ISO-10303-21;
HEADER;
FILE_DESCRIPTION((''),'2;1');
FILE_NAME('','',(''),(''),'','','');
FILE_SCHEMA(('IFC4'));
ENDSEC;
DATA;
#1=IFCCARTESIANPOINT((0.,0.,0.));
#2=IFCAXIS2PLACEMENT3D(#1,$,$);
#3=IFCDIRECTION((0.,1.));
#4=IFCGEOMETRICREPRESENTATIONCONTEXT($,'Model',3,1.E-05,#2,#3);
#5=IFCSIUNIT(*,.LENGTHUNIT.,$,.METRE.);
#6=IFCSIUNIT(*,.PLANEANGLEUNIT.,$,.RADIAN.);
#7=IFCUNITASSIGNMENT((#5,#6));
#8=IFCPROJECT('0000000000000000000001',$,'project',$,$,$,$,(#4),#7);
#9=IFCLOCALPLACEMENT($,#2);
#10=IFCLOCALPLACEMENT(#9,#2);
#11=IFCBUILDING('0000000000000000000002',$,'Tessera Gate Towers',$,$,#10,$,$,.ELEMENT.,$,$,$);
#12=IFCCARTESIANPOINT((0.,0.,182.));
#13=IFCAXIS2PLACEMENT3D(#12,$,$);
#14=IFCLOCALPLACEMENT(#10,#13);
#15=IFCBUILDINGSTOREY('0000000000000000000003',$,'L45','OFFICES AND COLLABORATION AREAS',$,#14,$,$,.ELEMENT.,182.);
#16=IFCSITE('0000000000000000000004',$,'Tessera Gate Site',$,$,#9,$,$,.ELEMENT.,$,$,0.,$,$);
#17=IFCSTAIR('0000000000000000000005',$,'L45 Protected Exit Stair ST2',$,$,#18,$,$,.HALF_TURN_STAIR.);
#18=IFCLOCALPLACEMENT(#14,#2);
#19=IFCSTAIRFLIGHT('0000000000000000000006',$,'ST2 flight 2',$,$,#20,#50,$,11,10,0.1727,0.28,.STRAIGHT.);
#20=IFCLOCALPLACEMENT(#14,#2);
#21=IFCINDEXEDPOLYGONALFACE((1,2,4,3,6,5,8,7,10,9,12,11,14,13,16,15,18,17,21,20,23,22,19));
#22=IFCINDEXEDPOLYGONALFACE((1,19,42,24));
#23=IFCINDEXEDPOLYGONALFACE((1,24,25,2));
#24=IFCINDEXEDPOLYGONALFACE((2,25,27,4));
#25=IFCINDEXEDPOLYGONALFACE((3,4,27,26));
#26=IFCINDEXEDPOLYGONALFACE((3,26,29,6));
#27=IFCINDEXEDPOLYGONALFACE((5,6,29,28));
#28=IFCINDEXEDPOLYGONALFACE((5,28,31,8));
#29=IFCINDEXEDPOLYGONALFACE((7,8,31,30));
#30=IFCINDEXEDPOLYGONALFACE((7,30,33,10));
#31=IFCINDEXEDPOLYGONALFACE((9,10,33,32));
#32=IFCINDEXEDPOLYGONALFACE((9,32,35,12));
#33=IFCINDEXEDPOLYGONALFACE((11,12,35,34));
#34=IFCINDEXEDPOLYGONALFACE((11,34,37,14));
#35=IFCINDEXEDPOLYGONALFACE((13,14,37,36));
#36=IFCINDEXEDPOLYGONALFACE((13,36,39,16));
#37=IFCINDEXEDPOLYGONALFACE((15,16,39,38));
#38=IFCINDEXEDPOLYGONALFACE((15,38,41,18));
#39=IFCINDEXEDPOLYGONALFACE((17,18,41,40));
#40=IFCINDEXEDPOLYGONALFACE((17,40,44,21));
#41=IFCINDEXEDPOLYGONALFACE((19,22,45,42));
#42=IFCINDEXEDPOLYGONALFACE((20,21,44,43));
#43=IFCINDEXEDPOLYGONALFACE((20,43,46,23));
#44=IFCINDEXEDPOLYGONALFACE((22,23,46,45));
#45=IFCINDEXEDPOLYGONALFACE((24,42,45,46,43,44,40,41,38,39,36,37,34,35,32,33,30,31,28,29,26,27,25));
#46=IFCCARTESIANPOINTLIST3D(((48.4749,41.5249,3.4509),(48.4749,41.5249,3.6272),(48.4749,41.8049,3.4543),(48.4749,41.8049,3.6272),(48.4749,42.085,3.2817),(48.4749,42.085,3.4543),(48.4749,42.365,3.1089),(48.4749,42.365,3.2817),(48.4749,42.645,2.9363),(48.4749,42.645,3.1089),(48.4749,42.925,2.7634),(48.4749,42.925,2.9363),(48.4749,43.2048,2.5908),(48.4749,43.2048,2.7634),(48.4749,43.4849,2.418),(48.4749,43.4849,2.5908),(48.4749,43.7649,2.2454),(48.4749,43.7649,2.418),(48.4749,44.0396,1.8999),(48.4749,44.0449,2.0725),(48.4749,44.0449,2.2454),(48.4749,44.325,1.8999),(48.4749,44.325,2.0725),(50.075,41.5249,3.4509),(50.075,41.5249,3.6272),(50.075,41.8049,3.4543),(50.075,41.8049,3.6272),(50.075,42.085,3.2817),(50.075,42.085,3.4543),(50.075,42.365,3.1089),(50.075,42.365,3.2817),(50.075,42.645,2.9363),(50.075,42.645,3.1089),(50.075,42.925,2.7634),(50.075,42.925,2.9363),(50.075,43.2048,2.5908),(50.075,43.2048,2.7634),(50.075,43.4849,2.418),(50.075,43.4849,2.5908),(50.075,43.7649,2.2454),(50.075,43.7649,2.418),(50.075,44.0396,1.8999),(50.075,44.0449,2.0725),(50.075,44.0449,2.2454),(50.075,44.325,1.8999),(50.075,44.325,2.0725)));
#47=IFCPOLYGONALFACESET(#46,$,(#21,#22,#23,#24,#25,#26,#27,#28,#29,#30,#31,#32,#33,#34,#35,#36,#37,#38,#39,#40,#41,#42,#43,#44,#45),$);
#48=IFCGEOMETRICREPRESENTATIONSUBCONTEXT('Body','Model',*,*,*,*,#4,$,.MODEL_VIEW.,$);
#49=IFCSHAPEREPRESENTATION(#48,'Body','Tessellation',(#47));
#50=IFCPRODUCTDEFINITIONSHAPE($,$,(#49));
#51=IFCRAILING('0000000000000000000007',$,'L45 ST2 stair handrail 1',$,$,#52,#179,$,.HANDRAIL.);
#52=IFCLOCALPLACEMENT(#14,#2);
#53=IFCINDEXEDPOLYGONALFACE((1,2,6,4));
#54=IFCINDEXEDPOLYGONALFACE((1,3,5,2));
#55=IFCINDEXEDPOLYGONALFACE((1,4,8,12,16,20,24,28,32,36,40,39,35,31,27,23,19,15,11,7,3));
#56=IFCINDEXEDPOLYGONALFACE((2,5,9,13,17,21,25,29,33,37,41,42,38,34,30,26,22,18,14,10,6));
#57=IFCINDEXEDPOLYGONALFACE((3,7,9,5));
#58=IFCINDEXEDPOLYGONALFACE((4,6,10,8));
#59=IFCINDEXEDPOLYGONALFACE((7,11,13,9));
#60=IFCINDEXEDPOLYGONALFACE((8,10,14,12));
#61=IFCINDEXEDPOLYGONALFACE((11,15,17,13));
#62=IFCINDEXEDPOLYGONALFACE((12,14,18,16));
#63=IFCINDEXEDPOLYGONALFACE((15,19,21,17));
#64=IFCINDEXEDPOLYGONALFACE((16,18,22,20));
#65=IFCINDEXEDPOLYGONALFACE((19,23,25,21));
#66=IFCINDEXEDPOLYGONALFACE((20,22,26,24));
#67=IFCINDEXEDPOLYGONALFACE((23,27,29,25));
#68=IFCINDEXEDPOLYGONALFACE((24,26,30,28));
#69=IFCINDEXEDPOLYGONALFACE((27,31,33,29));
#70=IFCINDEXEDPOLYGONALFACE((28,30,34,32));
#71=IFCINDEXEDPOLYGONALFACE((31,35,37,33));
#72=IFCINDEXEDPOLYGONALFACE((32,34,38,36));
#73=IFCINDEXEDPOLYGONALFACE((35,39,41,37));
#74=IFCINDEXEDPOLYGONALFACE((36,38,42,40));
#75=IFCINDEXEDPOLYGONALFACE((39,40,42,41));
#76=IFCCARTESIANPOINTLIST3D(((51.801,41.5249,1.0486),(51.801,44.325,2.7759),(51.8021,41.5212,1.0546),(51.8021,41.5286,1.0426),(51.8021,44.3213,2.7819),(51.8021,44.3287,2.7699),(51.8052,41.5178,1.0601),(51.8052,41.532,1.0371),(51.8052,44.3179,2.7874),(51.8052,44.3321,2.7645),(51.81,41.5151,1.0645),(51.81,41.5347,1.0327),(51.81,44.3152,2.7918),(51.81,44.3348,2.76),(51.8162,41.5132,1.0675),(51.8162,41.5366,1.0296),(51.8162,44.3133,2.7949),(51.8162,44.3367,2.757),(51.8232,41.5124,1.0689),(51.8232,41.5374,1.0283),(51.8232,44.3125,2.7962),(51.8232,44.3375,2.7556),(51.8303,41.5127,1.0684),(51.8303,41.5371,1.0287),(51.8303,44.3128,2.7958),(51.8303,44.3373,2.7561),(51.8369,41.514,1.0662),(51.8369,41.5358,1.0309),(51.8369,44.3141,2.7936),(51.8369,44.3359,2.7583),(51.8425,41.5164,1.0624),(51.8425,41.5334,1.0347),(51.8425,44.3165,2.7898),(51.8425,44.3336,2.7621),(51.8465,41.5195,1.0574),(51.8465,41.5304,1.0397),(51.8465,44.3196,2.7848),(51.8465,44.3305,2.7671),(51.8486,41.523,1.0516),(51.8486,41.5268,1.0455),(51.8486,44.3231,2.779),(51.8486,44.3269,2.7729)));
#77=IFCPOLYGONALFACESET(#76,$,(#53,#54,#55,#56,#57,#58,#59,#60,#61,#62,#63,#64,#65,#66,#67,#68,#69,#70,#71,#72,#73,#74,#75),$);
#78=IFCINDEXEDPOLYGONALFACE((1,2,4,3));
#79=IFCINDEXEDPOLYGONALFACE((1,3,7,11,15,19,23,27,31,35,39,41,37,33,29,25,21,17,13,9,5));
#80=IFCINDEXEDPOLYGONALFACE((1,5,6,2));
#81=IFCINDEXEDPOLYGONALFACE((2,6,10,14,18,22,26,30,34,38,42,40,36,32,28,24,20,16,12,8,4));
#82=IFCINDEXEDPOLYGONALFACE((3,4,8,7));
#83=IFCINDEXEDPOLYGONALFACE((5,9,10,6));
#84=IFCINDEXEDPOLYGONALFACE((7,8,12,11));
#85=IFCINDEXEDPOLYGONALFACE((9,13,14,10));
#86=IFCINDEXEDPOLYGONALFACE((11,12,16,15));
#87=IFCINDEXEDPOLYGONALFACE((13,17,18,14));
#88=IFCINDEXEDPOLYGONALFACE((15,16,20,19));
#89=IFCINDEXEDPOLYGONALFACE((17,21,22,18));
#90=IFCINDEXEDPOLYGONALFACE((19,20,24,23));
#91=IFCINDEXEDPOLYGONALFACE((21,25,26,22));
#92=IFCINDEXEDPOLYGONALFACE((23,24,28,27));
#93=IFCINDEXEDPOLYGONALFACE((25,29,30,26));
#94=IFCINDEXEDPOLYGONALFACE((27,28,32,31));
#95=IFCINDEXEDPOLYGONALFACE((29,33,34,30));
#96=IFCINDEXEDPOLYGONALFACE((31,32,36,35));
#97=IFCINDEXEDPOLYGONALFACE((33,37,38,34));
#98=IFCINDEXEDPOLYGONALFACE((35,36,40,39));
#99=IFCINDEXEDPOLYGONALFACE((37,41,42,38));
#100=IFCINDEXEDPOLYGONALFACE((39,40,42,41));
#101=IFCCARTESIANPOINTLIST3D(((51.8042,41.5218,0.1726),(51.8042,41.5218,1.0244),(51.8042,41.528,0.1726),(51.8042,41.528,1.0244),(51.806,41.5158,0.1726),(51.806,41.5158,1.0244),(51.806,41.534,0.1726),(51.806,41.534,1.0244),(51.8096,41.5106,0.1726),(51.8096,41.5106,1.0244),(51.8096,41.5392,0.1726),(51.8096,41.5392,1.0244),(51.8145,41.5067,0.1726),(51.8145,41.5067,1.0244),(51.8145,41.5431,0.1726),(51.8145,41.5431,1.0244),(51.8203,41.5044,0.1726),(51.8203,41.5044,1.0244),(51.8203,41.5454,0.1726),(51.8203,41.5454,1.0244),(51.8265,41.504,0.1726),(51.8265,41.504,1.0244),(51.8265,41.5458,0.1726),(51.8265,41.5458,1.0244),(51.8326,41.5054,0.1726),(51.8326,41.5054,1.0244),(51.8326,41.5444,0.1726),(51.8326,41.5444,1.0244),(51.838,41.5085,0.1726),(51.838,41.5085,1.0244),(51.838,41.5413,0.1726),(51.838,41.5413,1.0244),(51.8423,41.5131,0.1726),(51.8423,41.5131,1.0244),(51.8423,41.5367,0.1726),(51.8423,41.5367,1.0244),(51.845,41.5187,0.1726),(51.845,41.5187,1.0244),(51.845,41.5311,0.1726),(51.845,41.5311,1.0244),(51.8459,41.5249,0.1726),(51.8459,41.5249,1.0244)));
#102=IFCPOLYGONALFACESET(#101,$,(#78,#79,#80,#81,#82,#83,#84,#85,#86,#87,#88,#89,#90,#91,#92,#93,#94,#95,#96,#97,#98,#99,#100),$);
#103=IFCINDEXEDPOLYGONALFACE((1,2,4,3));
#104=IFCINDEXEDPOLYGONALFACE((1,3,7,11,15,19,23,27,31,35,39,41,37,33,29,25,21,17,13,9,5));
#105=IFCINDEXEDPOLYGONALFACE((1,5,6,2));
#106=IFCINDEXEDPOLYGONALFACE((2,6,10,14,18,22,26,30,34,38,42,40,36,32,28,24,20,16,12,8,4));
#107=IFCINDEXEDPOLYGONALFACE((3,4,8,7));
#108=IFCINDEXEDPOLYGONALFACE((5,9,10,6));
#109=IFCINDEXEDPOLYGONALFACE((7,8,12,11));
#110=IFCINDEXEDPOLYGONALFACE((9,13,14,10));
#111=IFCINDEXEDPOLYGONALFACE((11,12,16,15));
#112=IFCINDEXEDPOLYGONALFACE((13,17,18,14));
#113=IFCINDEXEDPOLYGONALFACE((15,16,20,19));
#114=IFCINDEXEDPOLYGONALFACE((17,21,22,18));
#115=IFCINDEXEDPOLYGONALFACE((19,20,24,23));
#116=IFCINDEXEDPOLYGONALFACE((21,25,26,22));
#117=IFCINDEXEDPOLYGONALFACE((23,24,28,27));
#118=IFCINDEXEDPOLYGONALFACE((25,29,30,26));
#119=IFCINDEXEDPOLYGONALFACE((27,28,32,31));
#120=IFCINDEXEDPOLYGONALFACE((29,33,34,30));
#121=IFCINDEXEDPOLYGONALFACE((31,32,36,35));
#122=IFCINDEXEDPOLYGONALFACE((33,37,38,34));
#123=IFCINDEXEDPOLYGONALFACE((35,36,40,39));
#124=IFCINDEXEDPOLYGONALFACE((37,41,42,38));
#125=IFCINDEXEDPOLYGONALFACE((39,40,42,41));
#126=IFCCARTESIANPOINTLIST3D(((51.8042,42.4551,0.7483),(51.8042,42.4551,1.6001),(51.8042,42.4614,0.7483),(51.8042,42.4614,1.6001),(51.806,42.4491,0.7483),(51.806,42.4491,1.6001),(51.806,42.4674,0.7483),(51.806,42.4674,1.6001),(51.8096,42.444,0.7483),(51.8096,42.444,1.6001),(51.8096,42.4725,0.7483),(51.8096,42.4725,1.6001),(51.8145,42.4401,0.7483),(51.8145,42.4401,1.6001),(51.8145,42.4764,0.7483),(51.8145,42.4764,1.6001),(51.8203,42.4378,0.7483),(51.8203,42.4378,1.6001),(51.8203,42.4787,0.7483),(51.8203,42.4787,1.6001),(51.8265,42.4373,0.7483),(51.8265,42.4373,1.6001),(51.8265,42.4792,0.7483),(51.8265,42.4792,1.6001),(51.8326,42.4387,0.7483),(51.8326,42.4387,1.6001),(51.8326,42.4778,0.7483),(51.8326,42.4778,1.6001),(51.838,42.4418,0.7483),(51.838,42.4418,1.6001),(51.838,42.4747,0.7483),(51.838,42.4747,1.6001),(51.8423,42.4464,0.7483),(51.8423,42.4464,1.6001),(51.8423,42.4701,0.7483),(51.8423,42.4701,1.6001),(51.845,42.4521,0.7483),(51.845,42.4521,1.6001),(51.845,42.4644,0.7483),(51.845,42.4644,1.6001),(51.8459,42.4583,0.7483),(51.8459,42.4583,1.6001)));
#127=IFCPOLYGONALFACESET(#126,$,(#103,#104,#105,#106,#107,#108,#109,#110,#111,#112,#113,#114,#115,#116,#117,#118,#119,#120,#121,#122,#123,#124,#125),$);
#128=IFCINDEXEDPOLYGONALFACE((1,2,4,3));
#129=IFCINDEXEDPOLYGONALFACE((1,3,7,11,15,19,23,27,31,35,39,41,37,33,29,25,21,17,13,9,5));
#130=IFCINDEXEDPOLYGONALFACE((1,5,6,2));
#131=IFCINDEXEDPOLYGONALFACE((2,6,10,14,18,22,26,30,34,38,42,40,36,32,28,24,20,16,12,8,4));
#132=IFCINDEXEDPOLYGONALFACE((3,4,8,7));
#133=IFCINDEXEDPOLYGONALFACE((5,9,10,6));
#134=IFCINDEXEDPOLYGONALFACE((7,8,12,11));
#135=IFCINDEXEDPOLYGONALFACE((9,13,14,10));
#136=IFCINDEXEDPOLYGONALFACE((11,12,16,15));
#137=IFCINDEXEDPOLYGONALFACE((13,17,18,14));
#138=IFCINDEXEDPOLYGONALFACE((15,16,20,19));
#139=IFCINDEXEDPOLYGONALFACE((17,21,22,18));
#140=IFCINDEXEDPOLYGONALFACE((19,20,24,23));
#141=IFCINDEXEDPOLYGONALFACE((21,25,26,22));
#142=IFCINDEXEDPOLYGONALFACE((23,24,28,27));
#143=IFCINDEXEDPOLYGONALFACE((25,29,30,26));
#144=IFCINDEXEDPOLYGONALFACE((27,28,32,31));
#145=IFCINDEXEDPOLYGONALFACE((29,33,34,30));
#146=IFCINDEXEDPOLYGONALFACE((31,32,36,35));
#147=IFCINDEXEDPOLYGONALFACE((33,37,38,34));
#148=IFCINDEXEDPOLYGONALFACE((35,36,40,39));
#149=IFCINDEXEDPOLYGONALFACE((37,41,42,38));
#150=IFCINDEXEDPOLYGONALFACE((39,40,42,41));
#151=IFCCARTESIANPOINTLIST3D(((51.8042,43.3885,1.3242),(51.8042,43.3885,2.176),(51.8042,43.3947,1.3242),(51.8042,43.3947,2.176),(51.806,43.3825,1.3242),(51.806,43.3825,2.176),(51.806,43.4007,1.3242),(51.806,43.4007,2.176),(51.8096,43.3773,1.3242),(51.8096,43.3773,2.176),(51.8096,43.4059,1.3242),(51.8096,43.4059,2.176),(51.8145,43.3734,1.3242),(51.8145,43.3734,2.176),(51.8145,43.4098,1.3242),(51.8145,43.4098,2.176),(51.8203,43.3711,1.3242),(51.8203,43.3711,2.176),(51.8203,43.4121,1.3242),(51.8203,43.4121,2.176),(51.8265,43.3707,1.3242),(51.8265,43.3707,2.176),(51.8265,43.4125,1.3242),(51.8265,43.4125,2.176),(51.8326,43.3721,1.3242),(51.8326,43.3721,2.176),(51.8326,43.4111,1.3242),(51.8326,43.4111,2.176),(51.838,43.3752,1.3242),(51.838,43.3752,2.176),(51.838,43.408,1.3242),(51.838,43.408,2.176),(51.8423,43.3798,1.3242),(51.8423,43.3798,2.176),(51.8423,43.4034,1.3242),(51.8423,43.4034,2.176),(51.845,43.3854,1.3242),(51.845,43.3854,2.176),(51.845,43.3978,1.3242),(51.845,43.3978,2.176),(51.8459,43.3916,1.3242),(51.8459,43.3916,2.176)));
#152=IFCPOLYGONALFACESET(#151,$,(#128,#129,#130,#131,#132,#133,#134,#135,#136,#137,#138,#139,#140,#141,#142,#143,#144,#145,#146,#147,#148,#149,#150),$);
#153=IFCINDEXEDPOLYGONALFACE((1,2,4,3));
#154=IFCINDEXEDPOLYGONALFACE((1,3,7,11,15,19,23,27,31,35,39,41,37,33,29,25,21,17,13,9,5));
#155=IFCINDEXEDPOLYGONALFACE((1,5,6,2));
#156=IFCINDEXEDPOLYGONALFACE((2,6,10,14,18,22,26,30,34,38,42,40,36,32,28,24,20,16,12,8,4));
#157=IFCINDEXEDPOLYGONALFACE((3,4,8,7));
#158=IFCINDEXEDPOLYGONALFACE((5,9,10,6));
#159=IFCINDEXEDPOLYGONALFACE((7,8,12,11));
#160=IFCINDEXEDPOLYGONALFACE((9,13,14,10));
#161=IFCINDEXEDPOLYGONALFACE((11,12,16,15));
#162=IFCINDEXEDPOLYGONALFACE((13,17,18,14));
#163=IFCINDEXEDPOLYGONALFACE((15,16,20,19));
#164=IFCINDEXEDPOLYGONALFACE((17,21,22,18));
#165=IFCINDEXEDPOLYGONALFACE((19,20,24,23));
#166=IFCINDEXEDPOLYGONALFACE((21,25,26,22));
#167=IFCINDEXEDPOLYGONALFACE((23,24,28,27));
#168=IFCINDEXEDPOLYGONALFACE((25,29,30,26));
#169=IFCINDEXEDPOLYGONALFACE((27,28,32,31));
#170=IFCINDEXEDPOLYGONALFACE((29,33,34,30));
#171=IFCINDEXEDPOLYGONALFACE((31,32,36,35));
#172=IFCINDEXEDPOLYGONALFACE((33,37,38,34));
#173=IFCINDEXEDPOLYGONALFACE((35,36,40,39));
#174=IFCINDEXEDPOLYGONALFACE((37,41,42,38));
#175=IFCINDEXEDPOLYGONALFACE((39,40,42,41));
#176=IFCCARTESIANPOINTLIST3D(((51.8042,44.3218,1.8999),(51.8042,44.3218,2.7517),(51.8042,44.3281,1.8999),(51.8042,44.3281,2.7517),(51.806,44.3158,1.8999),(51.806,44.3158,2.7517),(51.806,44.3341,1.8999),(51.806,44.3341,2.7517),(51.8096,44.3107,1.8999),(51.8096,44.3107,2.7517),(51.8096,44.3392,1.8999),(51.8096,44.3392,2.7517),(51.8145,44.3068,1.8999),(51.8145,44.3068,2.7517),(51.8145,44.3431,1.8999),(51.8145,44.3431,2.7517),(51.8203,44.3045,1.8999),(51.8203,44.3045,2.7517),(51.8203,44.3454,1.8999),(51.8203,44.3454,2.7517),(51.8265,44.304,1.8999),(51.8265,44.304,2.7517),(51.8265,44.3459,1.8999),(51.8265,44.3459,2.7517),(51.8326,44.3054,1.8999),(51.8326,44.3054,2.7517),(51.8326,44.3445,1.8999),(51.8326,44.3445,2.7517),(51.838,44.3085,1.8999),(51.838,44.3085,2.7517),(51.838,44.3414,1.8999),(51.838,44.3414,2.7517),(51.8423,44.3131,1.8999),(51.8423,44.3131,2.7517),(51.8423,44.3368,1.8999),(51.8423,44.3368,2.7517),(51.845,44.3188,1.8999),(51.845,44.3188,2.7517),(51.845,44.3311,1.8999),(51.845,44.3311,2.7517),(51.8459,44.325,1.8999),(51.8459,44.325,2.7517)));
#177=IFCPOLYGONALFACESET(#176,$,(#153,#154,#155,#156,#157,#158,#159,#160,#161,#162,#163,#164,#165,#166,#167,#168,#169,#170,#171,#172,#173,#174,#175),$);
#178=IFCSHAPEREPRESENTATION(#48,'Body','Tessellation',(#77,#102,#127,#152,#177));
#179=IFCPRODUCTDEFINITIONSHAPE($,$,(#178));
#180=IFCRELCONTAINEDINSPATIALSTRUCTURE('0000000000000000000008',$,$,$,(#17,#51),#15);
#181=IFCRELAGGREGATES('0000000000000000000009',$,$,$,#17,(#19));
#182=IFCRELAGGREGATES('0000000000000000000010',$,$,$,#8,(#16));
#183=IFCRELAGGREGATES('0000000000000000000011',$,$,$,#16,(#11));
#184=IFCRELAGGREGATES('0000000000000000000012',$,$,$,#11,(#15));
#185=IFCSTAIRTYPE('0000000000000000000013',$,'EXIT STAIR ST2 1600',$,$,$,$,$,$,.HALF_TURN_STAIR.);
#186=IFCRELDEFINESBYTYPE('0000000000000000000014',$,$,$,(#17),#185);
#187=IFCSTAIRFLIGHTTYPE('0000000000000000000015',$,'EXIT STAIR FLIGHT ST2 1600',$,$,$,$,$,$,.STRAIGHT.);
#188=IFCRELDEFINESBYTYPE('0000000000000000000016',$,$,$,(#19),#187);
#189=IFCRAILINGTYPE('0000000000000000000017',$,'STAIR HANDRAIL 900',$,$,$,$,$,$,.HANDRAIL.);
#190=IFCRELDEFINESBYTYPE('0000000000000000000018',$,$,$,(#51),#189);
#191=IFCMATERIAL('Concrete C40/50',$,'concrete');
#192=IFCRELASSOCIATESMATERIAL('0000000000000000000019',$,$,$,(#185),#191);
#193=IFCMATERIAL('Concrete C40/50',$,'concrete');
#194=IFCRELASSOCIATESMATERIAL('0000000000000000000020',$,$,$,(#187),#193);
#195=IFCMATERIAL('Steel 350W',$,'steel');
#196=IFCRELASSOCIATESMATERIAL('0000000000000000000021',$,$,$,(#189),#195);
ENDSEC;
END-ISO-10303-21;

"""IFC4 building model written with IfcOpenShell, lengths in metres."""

from ifc_helpers import new_model, si_unit, direction, frame, origin, origin_2d, place, context, subcontext, project, spatial, polyline, circle, outline, extrude, material, type_object, element, aggregate, save


model = new_model("IFC4")

# Units and contexts
model_context = context("Model", 3, precision=1e-05, world=origin(), true_north=direction((0.0, 1.0)))
body_context = subcontext(model_context, "Body", "Model", "MODEL_VIEW")
ifc_project = project(units=[si_unit("LENGTHUNIT", "METRE"), si_unit("PLANEANGLEUNIT", "RADIAN")], contexts=[model_context])

# Site, building, storey
site_placement = place(None, origin())
site = spatial("IfcSite", under=ifc_project, at=site_placement, Name="Tessera Gate Site", CompositionType="ELEMENT", RefElevation=0.0)
building_placement = place(site_placement, origin())
building = spatial("IfcBuilding", under=site, at=building_placement, Name="Tessera Gate Towers", CompositionType="ELEMENT")
storey_placement = place(building_placement, frame((0.0, 0.0, 182.0)))
storey = spatial("IfcBuildingStorey", under=building, at=storey_placement, Name="L45", Description="OFFICES AND COLLABORATION AREAS", CompositionType="ELEMENT", Elevation=182.0)

# Stair, stair flight
ifc_material_1 = material(Name="Concrete C40/50", Category="concrete")
stair_type = type_object("IfcStairType", Name="EXIT STAIR ST2 1600", PredefinedType="HALF_TURN_STAIR", material=ifc_material_1)
stair_placement = place(storey_placement, origin())
stair = element("IfcStair", 1, at=stair_placement, inside=storey, type_object=stair_type, Name="L45 Protected Exit Stair ST2", PredefinedType="HALF_TURN_STAIR")
ifc_material_2 = material(Name="Concrete C40/50", Category="concrete")
stair_flight_type = type_object("IfcStairFlightType", Name="EXIT STAIR FLIGHT ST2 1600", PredefinedType="STRAIGHT", material=ifc_material_2)
stair_flight_1_placement = place(storey_placement, frame((49.2749, 44.325, 1.8999), z_axis=(0.0, 0.0, 1.0), x_axis=(0.0, -1.0, 0.0)))
stair_flight_1 = element("IfcStairFlight", 2, at=stair_flight_1_placement, type_object=stair_flight_type, Name="ST2 flight 2", NumberOfRisers=11, NumberOfTreads=10, PredefinedType="STRAIGHT", RiserHeight=0.1727, TreadLength=0.28, context=body_context, shape_type="SweptSolid", body=[
    extrude(outline(polyline([(0.0, 0.0), (0.0, 0.1726), (0.28, 0.1726), (0.28, 0.3455), (0.5601, 0.3455), (0.5601, 0.5181), (0.8401, 0.5181), (0.8401, 0.6909), (1.1201, 0.6909), (1.1201, 0.8635), (1.3999, 0.8635), (1.3999, 1.0364), (1.6799, 1.0364), (1.6799, 1.209), (1.96, 1.209), (1.96, 1.3818), (2.24, 1.3818), (2.24, 1.5544), (2.52, 1.5544), (2.52, 1.7273), (2.8, 1.7273), (2.8, 1.8999), (2.8, 1.551), (0.2854, 0.0), (0.0, 0.0)])), frame((0.0, 0.8, 0.0), z_axis=(0.0, -1.0, 0.0), x_axis=(1.0, 0.0, 0.0)), (0.0, 0.0, 1.0), 1.6001),
])
aggregate(stair, [stair_flight_1])

# Railing
ifc_material_3 = material(Name="Steel 350W", Category="steel")
railing_type_1 = type_object("IfcRailingType", Name="STAIR HANDRAIL 900", PredefinedType="HANDRAIL", material=ifc_material_3)
railing_1_placement = place(storey_placement, frame((51.825, 41.5249, 0.1726)))
element("IfcRailing", 3, at=railing_1_placement, inside=storey, type_object=railing_type_1, Name="L45 ST2 stair handrail 1", PredefinedType="HANDRAIL", context=body_context, shape_type="SweptSolid", body=[
    extrude(circle(Radius=0.0239, at=origin_2d()), frame((0.0, 0.0, 0.876), z_axis=(0.0, 0.85109, 0.52502), x_axis=(-1.0, 0.0, 0.0)), (0.0, 0.0, 1.0), 3.29),
    extrude(circle(Radius=0.021, at=origin_2d()), origin(), (0.0, 0.0, 1.0), 0.8518),
    extrude(circle(Radius=0.021, at=origin_2d()), frame((0.0, 0.9333, 0.5757)), (0.0, 0.0, 1.0), 0.8518),
    extrude(circle(Radius=0.021, at=origin_2d()), frame((0.0, 1.8667, 1.1516)), (0.0, 0.0, 1.0), 0.8518),
    extrude(circle(Radius=0.021, at=origin_2d()), frame((0.0, 2.8, 1.7273)), (0.0, 0.0, 1.0), 0.8518),
])

save(model, "model.ifc")
